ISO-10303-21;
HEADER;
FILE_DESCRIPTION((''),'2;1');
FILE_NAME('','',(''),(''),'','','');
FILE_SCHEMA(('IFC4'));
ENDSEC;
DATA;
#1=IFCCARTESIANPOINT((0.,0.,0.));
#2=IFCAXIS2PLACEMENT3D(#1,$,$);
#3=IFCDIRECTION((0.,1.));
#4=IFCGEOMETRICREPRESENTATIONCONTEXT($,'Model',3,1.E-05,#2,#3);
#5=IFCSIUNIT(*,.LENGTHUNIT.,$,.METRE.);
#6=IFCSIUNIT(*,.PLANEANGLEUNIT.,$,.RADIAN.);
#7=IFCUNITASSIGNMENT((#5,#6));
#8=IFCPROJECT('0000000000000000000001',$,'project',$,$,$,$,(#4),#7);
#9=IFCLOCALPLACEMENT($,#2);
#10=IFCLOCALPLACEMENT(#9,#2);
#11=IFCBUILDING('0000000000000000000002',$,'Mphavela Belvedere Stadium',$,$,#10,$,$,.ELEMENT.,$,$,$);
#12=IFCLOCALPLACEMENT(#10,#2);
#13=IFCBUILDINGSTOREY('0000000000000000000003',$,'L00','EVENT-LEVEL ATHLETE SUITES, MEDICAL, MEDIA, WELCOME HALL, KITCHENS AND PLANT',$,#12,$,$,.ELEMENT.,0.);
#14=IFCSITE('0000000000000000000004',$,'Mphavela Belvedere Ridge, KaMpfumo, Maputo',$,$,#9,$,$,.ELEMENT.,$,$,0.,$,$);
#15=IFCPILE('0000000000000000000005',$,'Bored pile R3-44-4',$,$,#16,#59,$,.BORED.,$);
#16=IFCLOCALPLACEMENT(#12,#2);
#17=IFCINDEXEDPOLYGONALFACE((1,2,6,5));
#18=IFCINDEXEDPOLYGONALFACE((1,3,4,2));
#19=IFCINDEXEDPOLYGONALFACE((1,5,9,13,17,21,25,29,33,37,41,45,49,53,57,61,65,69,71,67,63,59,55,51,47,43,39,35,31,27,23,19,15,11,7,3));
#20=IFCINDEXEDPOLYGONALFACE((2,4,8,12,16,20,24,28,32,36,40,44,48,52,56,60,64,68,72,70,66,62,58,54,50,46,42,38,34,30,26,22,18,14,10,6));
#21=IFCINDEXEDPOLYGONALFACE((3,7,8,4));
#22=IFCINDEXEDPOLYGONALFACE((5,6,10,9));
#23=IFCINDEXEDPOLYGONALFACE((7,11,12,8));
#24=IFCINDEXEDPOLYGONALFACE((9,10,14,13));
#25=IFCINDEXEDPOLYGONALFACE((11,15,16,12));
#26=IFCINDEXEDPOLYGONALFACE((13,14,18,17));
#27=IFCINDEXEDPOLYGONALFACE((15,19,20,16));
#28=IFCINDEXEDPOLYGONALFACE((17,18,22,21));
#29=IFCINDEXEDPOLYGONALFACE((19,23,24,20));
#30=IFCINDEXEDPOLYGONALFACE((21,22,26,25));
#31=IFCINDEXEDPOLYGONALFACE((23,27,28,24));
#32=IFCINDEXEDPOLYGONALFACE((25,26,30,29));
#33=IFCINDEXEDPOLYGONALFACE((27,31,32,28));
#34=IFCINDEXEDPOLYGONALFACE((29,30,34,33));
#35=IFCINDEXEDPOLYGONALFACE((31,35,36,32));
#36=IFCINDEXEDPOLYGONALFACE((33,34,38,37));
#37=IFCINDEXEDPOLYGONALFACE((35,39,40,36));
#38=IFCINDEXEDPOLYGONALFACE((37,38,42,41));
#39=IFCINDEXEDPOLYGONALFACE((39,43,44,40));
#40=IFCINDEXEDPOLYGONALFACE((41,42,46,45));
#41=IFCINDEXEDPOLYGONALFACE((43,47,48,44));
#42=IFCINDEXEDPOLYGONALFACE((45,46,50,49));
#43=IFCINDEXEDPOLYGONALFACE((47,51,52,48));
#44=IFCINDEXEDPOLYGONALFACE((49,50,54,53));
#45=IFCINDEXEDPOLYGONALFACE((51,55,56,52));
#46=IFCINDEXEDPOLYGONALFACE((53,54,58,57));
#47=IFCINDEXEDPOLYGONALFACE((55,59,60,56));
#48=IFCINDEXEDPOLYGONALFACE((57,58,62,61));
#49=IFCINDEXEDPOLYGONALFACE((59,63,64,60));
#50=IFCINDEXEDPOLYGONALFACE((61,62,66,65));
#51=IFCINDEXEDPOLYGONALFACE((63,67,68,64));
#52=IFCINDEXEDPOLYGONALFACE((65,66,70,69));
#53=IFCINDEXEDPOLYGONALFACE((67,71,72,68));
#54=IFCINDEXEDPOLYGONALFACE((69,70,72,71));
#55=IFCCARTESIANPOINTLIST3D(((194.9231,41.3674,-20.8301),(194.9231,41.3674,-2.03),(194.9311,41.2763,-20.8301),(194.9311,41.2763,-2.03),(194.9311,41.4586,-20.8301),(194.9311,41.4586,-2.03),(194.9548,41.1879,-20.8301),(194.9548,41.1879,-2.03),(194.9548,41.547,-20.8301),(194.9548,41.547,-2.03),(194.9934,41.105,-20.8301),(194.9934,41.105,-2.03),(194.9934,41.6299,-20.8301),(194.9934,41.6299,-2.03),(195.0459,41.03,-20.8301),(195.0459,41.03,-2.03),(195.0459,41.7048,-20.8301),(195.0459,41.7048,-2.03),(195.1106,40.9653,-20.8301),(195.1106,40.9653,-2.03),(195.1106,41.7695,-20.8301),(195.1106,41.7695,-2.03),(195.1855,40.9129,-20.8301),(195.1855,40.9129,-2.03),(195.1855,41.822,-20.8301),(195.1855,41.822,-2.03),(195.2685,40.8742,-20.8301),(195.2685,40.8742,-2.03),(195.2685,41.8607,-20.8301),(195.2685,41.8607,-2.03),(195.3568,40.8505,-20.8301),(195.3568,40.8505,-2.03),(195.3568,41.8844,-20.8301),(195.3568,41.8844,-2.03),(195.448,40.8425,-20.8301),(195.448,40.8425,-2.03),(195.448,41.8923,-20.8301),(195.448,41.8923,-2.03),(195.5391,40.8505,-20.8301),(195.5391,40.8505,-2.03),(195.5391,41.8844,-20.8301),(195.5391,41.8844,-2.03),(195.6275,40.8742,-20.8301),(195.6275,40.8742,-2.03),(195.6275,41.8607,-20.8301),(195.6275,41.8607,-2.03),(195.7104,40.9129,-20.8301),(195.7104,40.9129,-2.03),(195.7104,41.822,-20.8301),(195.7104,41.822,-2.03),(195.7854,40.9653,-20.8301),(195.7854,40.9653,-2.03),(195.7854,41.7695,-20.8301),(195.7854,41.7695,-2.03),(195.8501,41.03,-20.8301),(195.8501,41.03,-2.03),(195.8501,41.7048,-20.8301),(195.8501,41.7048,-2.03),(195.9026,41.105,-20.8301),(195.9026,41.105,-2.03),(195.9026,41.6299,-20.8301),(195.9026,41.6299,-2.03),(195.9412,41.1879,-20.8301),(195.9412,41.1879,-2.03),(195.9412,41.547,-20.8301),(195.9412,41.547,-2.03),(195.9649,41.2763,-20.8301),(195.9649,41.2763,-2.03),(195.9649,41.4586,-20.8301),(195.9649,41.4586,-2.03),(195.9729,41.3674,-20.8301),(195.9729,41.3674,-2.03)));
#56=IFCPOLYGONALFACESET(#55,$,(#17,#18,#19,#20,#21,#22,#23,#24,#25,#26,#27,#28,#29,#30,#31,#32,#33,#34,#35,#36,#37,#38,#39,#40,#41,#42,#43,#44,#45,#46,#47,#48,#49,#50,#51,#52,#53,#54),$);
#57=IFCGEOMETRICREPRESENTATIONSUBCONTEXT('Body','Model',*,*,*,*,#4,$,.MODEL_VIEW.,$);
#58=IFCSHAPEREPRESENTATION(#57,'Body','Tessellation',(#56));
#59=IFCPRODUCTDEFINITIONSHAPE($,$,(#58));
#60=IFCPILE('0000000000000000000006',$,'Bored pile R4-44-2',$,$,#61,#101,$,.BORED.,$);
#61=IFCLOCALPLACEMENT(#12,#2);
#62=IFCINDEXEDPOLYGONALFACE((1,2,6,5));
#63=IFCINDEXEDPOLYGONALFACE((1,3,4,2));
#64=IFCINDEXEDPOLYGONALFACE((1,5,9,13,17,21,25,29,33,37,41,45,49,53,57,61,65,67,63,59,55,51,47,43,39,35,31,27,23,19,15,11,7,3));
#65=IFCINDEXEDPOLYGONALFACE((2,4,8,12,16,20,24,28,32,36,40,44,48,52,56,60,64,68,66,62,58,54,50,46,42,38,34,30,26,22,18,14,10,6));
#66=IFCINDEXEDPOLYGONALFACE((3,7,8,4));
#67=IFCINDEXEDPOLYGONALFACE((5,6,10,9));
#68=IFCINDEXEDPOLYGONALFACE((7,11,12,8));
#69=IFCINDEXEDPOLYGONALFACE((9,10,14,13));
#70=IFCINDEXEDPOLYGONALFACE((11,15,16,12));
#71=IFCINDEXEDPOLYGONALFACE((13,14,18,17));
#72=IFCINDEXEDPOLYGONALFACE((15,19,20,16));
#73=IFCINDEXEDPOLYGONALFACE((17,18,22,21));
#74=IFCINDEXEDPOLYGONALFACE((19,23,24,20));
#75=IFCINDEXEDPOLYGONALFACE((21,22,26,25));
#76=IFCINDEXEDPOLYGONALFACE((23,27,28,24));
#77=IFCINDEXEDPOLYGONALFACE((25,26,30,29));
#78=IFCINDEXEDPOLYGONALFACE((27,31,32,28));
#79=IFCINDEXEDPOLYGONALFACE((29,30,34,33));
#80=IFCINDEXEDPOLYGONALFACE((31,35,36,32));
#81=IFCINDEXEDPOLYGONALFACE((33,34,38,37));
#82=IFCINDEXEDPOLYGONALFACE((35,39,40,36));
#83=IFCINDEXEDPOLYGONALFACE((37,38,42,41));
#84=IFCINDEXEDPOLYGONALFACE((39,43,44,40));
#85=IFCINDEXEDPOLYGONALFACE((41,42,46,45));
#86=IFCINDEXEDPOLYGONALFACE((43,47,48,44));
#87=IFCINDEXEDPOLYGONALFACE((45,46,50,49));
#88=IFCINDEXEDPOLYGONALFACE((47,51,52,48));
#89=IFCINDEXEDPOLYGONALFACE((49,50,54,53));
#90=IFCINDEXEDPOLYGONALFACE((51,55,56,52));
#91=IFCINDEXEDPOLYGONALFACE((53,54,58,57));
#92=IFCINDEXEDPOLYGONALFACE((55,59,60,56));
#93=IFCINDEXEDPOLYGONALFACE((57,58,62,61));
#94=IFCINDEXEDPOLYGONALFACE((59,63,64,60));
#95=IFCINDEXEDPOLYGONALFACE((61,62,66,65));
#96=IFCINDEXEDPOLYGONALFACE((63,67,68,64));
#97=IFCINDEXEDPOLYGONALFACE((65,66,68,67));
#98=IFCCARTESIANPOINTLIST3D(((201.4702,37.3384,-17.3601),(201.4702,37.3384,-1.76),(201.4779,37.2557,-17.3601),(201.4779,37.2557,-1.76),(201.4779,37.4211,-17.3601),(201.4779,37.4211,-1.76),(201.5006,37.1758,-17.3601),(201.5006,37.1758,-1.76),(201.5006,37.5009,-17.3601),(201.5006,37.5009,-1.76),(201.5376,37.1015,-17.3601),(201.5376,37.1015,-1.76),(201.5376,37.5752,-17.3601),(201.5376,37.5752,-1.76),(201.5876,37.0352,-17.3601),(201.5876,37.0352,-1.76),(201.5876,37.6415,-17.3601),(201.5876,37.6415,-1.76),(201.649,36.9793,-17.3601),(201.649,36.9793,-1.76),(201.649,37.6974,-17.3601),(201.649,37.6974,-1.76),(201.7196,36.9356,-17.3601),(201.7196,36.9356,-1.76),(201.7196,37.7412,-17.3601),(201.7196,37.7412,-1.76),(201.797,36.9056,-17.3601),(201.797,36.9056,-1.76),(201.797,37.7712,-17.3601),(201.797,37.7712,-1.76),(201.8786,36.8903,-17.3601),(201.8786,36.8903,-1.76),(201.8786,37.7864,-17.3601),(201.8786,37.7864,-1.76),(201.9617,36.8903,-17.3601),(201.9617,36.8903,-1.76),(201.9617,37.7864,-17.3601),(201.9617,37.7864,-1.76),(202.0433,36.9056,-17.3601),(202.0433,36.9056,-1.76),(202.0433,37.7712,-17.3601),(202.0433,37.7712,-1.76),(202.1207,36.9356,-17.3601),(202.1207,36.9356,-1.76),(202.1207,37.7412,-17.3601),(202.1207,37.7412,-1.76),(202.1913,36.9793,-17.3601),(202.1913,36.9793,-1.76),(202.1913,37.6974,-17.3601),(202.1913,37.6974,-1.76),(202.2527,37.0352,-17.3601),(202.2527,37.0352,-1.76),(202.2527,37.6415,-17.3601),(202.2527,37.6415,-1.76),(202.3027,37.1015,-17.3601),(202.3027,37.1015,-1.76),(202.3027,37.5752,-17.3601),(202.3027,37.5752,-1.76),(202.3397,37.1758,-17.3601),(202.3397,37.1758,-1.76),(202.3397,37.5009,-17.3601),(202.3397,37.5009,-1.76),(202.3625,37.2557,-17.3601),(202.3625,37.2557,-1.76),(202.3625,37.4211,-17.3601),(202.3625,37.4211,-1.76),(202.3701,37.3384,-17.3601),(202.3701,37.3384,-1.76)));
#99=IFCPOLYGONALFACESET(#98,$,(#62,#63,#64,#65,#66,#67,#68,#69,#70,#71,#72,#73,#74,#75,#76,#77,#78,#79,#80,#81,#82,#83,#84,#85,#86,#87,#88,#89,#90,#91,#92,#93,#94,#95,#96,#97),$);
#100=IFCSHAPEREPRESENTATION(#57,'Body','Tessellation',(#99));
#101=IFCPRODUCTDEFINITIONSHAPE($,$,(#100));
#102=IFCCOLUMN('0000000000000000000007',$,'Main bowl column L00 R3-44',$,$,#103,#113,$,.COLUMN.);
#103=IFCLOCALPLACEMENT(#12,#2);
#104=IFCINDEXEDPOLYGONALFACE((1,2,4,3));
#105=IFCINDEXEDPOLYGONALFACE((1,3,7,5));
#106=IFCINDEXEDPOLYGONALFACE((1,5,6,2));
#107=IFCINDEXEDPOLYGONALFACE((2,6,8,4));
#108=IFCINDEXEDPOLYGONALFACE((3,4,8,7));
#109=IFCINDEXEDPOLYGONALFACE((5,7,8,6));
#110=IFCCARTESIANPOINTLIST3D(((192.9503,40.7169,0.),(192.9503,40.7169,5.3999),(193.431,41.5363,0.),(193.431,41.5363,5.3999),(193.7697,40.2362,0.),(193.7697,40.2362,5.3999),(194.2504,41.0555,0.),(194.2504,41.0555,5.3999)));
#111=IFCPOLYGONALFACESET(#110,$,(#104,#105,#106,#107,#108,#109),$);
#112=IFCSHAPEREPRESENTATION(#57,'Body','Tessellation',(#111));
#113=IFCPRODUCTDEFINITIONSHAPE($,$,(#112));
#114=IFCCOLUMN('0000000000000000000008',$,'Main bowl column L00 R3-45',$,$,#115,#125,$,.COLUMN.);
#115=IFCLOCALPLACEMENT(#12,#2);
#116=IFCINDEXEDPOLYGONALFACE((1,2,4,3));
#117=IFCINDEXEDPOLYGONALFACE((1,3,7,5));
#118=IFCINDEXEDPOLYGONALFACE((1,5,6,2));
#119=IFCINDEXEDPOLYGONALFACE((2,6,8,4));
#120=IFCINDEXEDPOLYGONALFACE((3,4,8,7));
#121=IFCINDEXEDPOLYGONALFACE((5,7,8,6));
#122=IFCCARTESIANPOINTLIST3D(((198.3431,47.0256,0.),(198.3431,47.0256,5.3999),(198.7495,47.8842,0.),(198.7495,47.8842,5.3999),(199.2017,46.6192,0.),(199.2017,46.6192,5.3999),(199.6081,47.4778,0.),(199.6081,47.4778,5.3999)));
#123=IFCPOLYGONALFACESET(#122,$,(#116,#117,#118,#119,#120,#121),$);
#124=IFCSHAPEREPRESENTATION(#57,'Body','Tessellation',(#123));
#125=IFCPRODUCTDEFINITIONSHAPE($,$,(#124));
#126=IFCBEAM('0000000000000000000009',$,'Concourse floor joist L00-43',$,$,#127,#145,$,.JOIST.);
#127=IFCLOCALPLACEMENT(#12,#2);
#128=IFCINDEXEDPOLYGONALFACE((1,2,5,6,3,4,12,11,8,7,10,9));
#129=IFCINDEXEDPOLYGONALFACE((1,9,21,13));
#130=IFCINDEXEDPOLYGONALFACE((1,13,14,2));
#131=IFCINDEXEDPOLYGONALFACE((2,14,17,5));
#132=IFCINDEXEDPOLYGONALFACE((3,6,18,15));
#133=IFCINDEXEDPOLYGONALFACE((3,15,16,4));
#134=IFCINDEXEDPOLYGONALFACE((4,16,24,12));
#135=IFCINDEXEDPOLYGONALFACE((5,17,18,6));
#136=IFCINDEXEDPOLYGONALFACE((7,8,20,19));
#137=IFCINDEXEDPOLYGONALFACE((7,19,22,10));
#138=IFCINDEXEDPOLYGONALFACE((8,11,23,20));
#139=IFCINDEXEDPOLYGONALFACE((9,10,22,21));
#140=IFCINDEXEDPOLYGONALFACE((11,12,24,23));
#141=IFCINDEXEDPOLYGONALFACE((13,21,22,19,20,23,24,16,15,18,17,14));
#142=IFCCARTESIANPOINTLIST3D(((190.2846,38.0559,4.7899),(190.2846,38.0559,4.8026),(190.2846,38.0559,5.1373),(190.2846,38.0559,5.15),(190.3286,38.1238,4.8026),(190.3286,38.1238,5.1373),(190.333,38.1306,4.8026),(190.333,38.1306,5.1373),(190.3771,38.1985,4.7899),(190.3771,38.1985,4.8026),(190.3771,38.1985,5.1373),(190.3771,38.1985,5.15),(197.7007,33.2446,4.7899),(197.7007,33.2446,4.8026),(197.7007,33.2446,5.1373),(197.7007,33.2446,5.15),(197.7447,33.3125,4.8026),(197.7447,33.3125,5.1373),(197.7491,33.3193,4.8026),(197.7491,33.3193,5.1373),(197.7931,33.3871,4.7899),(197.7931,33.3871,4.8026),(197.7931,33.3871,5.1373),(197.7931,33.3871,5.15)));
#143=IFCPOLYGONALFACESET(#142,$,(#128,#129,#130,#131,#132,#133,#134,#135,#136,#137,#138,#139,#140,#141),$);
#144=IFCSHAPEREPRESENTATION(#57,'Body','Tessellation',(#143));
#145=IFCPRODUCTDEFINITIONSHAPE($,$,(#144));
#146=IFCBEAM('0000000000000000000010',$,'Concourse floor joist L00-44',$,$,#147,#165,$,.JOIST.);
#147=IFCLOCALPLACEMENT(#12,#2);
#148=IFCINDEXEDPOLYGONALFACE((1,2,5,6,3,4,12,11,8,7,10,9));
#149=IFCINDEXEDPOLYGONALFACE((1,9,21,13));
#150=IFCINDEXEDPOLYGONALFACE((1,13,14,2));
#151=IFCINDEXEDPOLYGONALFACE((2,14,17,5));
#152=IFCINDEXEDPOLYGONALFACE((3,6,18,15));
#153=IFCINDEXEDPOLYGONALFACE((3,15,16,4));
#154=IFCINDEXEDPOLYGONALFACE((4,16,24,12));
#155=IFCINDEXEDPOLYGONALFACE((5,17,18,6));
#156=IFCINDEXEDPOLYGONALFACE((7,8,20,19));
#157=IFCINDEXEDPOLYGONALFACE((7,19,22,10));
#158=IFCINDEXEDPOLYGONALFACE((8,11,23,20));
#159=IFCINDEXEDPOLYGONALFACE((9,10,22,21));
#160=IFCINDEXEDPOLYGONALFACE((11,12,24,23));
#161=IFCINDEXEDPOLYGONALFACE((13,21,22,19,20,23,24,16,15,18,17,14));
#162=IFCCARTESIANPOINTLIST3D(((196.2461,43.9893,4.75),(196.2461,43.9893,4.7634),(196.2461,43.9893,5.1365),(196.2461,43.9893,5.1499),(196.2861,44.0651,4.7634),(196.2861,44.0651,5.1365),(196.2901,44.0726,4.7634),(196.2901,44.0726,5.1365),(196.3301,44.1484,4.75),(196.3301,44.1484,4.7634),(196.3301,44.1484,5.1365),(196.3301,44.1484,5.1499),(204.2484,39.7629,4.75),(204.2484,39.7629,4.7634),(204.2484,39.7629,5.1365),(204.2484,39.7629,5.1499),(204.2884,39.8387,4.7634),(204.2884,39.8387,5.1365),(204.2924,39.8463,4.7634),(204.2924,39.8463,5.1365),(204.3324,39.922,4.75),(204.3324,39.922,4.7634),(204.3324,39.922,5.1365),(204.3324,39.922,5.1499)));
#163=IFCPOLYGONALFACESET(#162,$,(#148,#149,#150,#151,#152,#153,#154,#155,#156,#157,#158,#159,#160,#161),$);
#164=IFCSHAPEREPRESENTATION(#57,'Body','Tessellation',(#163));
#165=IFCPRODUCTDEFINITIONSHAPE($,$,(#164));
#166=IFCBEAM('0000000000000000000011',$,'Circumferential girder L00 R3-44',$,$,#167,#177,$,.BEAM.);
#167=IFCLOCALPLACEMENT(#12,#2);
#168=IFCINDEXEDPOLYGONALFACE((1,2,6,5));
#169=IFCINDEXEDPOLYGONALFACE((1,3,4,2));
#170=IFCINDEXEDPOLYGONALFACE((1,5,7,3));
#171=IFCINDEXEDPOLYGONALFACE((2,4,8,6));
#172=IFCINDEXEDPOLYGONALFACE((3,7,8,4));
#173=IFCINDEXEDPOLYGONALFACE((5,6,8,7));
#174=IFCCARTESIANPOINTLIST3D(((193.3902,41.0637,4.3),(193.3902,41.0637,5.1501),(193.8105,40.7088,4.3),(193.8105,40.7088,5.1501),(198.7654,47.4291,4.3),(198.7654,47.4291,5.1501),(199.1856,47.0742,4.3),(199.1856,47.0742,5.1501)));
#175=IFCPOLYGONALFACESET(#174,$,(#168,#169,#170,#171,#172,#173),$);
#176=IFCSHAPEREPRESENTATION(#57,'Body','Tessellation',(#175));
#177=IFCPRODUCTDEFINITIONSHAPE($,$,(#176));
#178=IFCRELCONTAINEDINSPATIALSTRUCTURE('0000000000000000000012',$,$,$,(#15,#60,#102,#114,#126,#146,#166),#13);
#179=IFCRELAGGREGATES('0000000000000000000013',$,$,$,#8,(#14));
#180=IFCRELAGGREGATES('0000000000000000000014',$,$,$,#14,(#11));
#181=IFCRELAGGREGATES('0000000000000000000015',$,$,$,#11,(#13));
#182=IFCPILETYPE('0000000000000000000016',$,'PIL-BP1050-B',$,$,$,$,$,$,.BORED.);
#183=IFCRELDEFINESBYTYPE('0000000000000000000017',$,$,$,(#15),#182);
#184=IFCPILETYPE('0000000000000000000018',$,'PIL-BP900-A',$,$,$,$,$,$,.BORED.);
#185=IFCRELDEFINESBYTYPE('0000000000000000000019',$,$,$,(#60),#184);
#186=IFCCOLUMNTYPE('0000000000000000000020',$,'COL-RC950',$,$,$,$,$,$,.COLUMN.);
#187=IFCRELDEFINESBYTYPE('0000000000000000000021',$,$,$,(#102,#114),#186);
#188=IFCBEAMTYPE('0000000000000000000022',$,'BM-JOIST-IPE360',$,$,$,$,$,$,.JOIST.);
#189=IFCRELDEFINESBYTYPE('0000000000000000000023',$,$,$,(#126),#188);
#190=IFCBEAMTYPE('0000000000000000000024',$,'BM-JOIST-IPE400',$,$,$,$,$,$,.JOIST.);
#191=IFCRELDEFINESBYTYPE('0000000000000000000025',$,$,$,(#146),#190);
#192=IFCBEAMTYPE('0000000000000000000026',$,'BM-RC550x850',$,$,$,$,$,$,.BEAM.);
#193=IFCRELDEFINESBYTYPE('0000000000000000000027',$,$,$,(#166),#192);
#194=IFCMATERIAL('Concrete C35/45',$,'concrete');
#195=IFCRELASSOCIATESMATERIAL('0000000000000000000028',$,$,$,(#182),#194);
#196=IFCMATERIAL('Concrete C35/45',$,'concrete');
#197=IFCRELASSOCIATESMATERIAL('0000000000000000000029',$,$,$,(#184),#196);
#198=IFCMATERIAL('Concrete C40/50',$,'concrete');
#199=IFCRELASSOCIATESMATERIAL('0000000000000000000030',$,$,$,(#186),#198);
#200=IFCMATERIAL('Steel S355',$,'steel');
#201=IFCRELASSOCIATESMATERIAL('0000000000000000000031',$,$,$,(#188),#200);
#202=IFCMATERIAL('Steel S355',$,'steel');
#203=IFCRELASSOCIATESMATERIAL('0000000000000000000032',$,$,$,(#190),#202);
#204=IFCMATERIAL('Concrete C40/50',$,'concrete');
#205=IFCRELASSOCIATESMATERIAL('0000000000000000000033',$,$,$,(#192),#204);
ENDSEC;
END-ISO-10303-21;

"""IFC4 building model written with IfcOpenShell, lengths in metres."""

from ifc_helpers import new_model, si_unit, direction, frame, origin, origin_2d, place, context, subcontext, project, spatial, rectangle, circle, i_section, extrude, material, material_profile, profile_set, type_object, element, save


model = new_model("IFC4")

# Units and contexts
model_context = context("Model", 3, precision=1e-05, world=origin(), true_north=direction((0.0, 1.0)))
body_context = subcontext(model_context, "Body", "Model", "MODEL_VIEW")
ifc_project = project(units=[si_unit("LENGTHUNIT", "METRE"), si_unit("PLANEANGLEUNIT", "RADIAN")], contexts=[model_context])

# Site, building, storey
site_placement = place(None, origin())
site = spatial("IfcSite", under=ifc_project, at=site_placement, Name="Mphavela Belvedere Ridge, KaMpfumo, Maputo", CompositionType="ELEMENT", RefElevation=0.0)
building_placement = place(site_placement, origin())
building = spatial("IfcBuilding", under=site, at=building_placement, Name="Mphavela Belvedere Stadium", CompositionType="ELEMENT")
storey_placement = place(building_placement, origin())
storey = spatial("IfcBuildingStorey", under=building, at=storey_placement, Name="L00", Description="EVENT-LEVEL ATHLETE SUITES, MEDICAL, MEDIA, WELCOME HALL, KITCHENS AND PLANT", CompositionType="ELEMENT", Elevation=0.0)

# Piles
ifc_material_1 = material(Name="Concrete C35/45", Category="concrete")
ifc_material_profile_1 = material_profile(ifc_material_1, circle(Radius=0.5249, at=origin_2d()), Name="BP D1050")
ifc_profile_set_1 = profile_set([ifc_material_profile_1], Name="Concrete C35/45")
pile_type_1 = type_object("IfcPileType", Name="PIL-BP1050-B", PredefinedType="BORED", material=ifc_profile_set_1)
for number, where, z_axis, x_axis, name in (
    (1, (195.448, 41.3674, -2.03), (0.0, 0.0, -1.0), (1.0, 0.0, 0.0), "Bored pile R3-44-4"),
):
    element("IfcPile", number, at=place(storey_placement, frame(where, z_axis=z_axis, x_axis=x_axis)), inside=storey, type_object=pile_type_1, Name=name, PredefinedType="BORED", context=body_context, shape_type="SweptSolid", body=[
        extrude(circle(Radius=0.5249, at=origin_2d()), origin(), (0.0, 0.0, 1.0), 18.8),
    ])
ifc_material_2 = material(Name="Concrete C35/45", Category="concrete")
ifc_material_profile_2 = material_profile(ifc_material_2, circle(Radius=0.45, at=origin_2d()), Name="BP D900")
ifc_profile_set_2 = profile_set([ifc_material_profile_2], Name="Concrete C35/45")
pile_type_2 = type_object("IfcPileType", Name="PIL-BP900-A", PredefinedType="BORED", material=ifc_profile_set_2)
pile_placement = place(storey_placement, frame((201.9202, 37.3384, -1.76), z_axis=(0.0, 0.0, -1.0), x_axis=(1.0, 0.0, 0.0)))
element("IfcPile", 2, at=pile_placement, inside=storey, type_object=pile_type_2, Name="Bored pile R4-44-2", PredefinedType="BORED", context=body_context, shape_type="SweptSolid", body=[
    extrude(circle(Radius=0.45, at=origin_2d()), origin(), (0.0, 0.0, 1.0), 15.6001),
])

# Columns
ifc_material_3 = material(Name="Concrete C40/50", Category="concrete")
ifc_material_profile_3 = material_profile(ifc_material_3, rectangle(XDim=0.95, YDim=0.95, at=origin_2d()), Name="RC 950x950")
ifc_profile_set_3 = profile_set([ifc_material_profile_3], Name="Concrete C40/50")
column_type = type_object("IfcColumnType", Name="COL-RC950", PredefinedType="COLUMN", material=ifc_profile_set_3)
for number, where, z_axis, x_axis, name in (
    (3, (193.6003, 40.8862, 0.0), (0.0, 0.0, 1.0), (0.862514, -0.506034, 0.0), "Main bowl column L00 R3-44"),
    (4, (198.9756, 47.2517, 0.0), (0.0, 0.0, 1.0), (0.903859, -0.427831, 0.0), "Main bowl column L00 R3-45"),
):
    element("IfcColumn", number, at=place(storey_placement, frame(where, z_axis=z_axis, x_axis=x_axis)), inside=storey, type_object=column_type, Name=name, PredefinedType="COLUMN", context=body_context, shape_type="SweptSolid", body=[
        extrude(rectangle(XDim=0.95, YDim=0.95, at=origin_2d()), origin(), (0.0, 0.0, 1.0), 5.3999),
    ])

# Beams
ifc_material_4 = material(Name="Steel S355", Category="steel")
ifc_material_profile_4 = material_profile(ifc_material_4, i_section(OverallWidth=0.1699, OverallDepth=0.3601, WebThickness=0.0081, FlangeThickness=0.0127, at=origin_2d()), Name="IPE 360")
ifc_profile_set_4 = profile_set([ifc_material_profile_4], Name="Steel S355")
beam_type_1 = type_object("IfcBeamType", Name="BM-JOIST-IPE360", PredefinedType="JOIST", material=ifc_profile_set_4)
beam_1_placement = place(storey_placement, frame((190.3308, 38.1272, 4.97), z_axis=(0.838915, -0.544262, 0.0), x_axis=(0.544262, 0.838915, 0.0)))
element("IfcBeam", 5, at=beam_1_placement, inside=storey, type_object=beam_type_1, Name="Concourse floor joist L00-43", PredefinedType="JOIST", context=body_context, shape_type="SweptSolid", body=[
    extrude(i_section(OverallWidth=0.1699, OverallDepth=0.3601, WebThickness=0.0081, FlangeThickness=0.0127, at=origin_2d()), origin(), (0.0, 0.0, 1.0), 8.8401),
])
ifc_material_5 = material(Name="Steel S355", Category="steel")
ifc_material_profile_5 = material_profile(ifc_material_5, i_section(OverallWidth=0.1799, OverallDepth=0.3999, WebThickness=0.0085, FlangeThickness=0.0134, at=origin_2d()), Name="IPE 400")
ifc_profile_set_5 = profile_set([ifc_material_profile_5], Name="Steel S355")
beam_type_2 = type_object("IfcBeamType", Name="BM-JOIST-IPE400", PredefinedType="JOIST", material=ifc_profile_set_5)
beam_2_placement = place(storey_placement, frame((196.2881, 44.0688, 4.95), z_axis=(0.884251, -0.467012, 0.0), x_axis=(0.467012, 0.884251, 0.0)))
element("IfcBeam", 6, at=beam_2_placement, inside=storey, type_object=beam_type_2, Name="Concourse floor joist L00-44", PredefinedType="JOIST", context=body_context, shape_type="SweptSolid", body=[
    extrude(i_section(OverallWidth=0.1799, OverallDepth=0.3999, WebThickness=0.0085, FlangeThickness=0.0134, at=origin_2d()), origin(), (0.0, 0.0, 1.0), 9.0498),
])
ifc_material_6 = material(Name="Concrete C40/50", Category="concrete")
ifc_material_profile_6 = material_profile(ifc_material_6, rectangle(XDim=0.55, YDim=0.8501, at=origin_2d()), Name="RC 550x850")
ifc_profile_set_6 = profile_set([ifc_material_profile_6], Name="Concrete C40/50")
beam_type_3 = type_object("IfcBeamType", Name="BM-RC550x850", PredefinedType="BEAM", material=ifc_profile_set_6)
beam_3_placement = place(storey_placement, frame((193.6003, 40.8862, 4.7251), z_axis=(0.645177, 0.764033, 0.0), x_axis=(-0.764033, 0.645177, 0.0)))
element("IfcBeam", 7, at=beam_3_placement, inside=storey, type_object=beam_type_3, Name="Circumferential girder L00 R3-44", PredefinedType="BEAM", context=body_context, shape_type="SweptSolid", body=[
    extrude(rectangle(XDim=0.55, YDim=0.8501, at=origin_2d()), origin(), (0.0, 0.0, 1.0), 8.3313),
])

save(model, "model.ifc")
